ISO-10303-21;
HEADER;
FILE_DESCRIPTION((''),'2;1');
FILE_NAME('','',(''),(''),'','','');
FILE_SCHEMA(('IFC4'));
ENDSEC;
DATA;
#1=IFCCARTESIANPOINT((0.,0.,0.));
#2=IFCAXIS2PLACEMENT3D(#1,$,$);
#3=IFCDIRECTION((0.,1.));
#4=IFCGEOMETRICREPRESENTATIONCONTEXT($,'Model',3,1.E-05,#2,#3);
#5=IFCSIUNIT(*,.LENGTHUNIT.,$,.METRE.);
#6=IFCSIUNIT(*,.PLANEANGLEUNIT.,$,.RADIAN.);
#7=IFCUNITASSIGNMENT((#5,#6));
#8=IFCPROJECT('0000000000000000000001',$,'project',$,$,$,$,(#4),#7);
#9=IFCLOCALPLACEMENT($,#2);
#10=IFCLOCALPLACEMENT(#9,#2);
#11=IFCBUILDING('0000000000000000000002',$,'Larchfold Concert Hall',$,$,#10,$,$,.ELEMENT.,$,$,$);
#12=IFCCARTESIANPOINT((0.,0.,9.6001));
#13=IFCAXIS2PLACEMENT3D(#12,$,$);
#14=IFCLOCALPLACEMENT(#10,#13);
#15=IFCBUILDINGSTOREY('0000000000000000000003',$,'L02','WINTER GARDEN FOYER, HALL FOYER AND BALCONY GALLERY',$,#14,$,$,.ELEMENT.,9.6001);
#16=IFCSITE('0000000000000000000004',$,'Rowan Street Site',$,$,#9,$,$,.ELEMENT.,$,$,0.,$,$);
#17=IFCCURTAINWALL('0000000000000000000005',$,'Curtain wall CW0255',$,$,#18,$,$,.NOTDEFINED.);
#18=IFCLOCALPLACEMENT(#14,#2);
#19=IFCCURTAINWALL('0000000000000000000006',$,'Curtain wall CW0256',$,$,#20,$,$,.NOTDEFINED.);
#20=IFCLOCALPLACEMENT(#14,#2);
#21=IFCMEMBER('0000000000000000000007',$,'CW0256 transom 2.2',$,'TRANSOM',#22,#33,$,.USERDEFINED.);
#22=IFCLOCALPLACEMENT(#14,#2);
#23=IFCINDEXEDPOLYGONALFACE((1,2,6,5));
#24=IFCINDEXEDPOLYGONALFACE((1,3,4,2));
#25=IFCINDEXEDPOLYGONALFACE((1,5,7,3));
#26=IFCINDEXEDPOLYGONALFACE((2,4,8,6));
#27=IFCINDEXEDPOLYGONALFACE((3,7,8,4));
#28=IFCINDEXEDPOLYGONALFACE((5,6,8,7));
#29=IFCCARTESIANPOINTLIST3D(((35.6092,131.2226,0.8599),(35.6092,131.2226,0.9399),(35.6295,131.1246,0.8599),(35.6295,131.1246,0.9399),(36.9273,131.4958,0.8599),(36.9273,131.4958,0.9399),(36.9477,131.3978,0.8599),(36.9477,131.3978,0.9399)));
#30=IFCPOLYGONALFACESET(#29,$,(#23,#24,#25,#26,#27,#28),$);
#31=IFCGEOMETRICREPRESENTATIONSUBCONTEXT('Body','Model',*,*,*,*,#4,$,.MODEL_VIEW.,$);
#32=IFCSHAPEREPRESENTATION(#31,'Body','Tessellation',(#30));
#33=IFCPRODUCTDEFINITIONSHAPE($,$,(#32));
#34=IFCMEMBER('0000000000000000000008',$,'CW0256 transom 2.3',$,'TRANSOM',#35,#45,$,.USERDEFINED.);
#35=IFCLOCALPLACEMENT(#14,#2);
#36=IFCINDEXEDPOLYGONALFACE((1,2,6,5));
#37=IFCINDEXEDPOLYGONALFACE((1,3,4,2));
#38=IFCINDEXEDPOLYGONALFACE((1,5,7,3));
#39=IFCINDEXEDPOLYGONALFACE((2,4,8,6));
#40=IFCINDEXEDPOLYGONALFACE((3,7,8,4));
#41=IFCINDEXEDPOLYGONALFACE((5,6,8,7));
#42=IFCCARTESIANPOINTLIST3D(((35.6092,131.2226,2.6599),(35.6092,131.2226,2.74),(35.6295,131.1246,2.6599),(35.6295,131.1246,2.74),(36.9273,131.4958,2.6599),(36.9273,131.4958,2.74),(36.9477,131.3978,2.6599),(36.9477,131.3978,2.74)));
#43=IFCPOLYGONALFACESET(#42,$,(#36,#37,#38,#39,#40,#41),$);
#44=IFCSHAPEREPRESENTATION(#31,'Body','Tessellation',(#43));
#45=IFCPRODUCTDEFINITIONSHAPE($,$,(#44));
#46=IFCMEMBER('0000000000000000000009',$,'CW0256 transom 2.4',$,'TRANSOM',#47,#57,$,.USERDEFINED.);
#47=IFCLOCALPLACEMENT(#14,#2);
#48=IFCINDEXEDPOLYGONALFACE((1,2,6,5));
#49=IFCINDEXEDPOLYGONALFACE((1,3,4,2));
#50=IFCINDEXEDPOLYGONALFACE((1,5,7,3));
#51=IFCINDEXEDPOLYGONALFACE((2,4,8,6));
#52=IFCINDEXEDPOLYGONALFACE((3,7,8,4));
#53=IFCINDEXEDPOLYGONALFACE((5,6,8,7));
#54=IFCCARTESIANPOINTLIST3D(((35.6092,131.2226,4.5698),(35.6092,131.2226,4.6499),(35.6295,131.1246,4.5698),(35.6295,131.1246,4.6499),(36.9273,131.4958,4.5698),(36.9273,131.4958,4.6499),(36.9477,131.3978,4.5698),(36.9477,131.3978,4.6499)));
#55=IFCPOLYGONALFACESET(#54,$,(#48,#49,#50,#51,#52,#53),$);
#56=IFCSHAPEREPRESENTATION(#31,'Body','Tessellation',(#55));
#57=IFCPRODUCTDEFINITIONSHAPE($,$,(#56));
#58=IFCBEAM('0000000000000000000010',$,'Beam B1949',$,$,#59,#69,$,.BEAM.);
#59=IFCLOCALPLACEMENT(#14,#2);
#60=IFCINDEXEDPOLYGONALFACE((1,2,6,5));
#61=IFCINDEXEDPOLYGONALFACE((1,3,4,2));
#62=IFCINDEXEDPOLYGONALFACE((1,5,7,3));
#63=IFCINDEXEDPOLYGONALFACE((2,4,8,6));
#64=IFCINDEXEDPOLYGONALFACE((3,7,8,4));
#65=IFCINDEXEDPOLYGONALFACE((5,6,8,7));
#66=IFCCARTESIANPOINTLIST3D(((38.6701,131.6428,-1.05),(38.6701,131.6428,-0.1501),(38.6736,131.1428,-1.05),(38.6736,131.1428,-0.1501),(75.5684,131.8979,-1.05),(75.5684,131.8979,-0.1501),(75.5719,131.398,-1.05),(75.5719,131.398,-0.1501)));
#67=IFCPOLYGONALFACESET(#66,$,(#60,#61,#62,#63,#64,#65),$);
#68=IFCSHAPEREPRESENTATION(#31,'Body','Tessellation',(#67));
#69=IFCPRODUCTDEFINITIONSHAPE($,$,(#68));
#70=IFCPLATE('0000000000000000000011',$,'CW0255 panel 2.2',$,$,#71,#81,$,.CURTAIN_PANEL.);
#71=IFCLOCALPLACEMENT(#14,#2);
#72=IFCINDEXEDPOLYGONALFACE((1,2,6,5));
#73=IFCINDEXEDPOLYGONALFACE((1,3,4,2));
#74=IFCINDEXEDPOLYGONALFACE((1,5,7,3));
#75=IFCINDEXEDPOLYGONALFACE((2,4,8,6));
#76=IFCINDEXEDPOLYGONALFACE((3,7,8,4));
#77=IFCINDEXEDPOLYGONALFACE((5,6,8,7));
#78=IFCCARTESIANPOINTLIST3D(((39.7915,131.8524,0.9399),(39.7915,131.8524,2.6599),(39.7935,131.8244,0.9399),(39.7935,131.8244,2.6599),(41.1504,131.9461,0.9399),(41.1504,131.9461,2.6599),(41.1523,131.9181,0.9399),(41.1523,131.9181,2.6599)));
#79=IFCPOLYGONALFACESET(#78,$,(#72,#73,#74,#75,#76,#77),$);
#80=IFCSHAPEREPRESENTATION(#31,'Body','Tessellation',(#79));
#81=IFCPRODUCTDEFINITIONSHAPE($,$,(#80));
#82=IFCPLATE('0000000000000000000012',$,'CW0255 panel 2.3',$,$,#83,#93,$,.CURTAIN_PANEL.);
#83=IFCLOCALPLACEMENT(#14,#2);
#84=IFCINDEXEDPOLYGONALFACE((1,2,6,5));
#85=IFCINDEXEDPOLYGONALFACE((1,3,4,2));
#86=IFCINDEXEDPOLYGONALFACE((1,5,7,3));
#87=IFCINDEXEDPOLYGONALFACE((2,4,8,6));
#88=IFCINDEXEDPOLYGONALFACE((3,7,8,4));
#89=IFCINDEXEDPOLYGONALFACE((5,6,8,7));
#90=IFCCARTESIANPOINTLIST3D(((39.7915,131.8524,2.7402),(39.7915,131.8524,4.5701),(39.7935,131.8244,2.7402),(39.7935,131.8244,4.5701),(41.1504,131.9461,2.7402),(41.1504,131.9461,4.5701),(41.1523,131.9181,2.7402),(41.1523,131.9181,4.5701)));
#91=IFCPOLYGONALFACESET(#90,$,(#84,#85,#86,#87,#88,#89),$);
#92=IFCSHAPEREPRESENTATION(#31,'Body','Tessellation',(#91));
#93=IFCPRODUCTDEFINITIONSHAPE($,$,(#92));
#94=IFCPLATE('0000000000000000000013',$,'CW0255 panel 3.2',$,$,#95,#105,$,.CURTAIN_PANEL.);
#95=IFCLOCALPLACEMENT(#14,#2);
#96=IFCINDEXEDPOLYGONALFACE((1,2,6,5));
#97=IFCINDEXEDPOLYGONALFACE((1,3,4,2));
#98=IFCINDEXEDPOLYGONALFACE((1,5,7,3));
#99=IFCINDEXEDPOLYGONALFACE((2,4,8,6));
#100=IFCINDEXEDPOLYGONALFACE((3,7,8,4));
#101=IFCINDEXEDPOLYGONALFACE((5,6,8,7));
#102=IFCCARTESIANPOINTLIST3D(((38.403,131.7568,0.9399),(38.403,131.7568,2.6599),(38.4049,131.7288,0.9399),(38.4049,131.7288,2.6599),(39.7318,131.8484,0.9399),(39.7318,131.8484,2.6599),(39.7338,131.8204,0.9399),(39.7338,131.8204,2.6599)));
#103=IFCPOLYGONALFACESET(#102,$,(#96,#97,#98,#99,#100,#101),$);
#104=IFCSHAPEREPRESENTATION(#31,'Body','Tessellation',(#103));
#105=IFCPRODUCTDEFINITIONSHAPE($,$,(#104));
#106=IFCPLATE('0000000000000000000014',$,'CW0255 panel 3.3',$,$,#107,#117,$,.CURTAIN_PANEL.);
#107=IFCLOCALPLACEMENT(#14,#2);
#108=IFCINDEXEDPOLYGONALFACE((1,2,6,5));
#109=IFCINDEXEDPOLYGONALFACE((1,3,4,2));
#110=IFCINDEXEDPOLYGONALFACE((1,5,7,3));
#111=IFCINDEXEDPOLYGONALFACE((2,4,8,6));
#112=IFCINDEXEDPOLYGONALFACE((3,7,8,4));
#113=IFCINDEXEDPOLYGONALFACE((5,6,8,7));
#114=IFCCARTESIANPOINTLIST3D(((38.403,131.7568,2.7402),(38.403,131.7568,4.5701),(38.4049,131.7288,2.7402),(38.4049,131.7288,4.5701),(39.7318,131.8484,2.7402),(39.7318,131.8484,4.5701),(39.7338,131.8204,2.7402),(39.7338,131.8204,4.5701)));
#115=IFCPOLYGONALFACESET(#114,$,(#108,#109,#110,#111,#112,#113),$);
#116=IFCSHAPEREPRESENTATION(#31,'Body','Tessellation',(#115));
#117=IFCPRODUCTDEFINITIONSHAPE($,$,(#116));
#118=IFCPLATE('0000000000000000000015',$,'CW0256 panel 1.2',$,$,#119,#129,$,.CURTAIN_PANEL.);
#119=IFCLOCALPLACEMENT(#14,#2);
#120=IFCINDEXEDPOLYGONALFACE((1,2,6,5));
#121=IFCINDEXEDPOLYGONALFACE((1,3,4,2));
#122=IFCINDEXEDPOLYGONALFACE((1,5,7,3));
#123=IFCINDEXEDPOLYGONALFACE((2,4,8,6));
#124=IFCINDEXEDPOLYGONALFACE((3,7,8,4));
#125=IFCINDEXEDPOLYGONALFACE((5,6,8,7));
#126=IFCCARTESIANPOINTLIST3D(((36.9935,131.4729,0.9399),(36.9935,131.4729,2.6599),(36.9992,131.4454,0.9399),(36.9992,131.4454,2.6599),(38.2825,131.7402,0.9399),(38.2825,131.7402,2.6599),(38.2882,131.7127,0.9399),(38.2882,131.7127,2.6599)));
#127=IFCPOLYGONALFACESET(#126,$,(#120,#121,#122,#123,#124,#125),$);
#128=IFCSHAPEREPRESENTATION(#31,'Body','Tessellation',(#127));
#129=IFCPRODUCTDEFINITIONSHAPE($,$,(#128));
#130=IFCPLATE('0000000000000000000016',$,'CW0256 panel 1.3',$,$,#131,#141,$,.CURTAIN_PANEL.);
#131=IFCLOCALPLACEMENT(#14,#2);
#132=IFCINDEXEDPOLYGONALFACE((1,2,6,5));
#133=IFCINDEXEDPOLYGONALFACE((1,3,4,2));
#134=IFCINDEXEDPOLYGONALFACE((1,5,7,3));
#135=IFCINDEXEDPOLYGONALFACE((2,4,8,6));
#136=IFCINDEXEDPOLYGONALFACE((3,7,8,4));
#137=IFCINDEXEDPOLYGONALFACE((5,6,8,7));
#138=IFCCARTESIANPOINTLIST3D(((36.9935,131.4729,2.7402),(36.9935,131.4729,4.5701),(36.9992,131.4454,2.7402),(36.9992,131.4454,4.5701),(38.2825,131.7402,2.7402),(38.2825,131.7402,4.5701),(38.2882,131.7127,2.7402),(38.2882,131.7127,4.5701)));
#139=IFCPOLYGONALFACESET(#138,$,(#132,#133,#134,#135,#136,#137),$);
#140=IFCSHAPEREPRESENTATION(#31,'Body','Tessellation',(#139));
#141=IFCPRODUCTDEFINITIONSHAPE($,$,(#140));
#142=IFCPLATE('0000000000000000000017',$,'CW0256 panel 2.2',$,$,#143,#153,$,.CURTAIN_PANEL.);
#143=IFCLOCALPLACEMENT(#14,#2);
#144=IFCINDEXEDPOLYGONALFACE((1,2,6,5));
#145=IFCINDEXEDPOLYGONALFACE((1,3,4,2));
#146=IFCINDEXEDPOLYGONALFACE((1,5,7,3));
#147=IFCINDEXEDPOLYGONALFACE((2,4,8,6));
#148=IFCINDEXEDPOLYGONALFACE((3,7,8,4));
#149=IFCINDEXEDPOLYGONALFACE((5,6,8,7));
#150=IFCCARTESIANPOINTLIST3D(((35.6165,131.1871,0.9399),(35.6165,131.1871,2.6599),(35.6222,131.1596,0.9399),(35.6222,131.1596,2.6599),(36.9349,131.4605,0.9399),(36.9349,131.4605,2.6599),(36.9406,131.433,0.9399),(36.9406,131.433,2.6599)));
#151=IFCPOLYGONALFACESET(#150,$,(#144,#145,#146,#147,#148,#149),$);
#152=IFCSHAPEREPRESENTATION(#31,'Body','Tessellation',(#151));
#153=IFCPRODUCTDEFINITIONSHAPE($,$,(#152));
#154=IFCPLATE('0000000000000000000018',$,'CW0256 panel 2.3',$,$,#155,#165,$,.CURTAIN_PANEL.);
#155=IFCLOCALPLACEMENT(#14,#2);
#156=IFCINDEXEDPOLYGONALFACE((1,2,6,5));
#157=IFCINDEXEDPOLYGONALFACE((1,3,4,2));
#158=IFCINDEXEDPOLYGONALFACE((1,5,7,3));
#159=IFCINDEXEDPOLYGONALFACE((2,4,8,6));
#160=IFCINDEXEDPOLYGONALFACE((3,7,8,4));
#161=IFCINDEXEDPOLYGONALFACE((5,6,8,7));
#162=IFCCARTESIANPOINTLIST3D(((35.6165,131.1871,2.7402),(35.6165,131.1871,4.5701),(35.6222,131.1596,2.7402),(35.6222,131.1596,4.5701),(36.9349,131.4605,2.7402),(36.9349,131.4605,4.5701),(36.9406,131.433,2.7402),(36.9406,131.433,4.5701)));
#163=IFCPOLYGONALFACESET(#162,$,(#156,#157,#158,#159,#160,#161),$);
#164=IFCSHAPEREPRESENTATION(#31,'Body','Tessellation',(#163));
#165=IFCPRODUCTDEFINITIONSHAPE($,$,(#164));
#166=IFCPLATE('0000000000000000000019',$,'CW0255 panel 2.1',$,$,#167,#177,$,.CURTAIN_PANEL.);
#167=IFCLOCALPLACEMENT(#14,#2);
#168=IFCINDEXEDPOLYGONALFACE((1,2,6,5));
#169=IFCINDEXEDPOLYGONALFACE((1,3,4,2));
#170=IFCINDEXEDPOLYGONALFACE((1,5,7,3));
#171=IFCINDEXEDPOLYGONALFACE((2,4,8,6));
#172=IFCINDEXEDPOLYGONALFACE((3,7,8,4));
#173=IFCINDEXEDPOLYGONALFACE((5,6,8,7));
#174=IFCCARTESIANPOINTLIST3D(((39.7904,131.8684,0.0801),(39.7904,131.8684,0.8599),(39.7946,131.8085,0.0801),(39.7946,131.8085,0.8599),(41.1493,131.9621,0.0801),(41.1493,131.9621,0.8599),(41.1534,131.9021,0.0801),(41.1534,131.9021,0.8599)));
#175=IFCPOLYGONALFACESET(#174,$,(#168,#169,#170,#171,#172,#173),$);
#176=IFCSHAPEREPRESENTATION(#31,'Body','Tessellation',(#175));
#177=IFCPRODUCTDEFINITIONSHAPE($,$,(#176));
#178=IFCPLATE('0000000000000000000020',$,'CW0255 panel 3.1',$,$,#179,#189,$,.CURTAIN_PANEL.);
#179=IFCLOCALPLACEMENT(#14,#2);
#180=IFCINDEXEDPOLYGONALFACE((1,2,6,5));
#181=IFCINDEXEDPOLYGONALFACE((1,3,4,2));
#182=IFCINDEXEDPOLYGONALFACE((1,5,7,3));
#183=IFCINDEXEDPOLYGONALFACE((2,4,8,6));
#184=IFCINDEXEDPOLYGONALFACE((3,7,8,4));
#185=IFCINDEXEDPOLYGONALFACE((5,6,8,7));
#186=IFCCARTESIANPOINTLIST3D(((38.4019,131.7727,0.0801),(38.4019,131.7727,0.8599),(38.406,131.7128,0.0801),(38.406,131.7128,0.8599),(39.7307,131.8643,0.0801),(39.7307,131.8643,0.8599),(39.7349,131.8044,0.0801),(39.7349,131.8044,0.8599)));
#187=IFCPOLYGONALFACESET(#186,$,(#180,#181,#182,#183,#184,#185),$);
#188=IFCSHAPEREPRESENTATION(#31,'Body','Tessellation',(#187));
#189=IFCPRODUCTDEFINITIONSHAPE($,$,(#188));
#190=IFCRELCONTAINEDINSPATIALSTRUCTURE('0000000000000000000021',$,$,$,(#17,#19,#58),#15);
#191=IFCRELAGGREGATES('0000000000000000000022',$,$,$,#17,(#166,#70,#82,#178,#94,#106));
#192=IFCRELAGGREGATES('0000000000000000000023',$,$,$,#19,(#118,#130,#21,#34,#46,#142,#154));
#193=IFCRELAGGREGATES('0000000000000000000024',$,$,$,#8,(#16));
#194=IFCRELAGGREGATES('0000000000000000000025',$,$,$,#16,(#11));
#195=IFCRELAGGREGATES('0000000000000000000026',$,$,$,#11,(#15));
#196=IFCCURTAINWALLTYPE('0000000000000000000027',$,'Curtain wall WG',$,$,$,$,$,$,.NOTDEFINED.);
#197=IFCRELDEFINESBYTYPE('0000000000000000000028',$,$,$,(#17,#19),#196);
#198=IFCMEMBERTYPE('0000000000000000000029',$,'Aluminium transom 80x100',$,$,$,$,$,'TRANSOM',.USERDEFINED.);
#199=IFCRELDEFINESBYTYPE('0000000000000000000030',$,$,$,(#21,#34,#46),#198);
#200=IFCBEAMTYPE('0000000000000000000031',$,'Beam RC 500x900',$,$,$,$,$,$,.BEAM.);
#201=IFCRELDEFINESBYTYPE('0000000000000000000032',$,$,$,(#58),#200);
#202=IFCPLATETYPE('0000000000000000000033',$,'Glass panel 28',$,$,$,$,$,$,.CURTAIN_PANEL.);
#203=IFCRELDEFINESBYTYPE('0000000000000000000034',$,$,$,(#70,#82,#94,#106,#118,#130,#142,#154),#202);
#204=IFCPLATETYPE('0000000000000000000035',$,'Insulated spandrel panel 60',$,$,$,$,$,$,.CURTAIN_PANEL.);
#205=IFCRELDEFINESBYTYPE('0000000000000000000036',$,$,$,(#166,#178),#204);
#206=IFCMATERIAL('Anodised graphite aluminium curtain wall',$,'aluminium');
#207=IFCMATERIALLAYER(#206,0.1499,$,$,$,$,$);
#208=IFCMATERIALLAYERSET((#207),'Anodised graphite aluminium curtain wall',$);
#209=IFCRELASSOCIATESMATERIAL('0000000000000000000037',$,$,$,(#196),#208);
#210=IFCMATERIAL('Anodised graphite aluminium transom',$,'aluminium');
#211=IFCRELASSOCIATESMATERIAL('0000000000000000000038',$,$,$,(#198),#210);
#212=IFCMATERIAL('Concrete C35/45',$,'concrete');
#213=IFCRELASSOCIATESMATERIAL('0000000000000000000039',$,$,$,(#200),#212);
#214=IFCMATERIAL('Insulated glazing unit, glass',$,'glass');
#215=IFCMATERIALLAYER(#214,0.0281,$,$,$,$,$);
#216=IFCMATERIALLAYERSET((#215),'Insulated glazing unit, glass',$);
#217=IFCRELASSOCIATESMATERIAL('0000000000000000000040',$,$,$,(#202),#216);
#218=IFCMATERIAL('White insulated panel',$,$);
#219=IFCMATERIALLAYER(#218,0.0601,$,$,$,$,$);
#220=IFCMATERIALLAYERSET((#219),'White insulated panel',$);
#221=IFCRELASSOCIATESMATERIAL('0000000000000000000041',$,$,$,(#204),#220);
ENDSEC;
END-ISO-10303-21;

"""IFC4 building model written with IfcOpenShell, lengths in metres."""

from ifc_helpers import new_model, si_unit, direction, frame, origin, origin_2d, place, context, subcontext, project, spatial, rectangle, extrude, material, layer, layer_set, material_profile, profile_set, type_object, element, aggregate, save


model = new_model("IFC4")

# Units and contexts
model_context = context("Model", 3, precision=1e-05, world=origin(), true_north=direction((0.0, 1.0)))
body_context = subcontext(model_context, "Body", "Model", "MODEL_VIEW")
ifc_project = project(units=[si_unit("LENGTHUNIT", "METRE"), si_unit("PLANEANGLEUNIT", "RADIAN")], contexts=[model_context])

# Site, building, storey
site_placement = place(None, origin())
site = spatial("IfcSite", under=ifc_project, at=site_placement, Name="Rowan Street Site", CompositionType="ELEMENT", RefElevation=0.0)
building_placement = place(site_placement, origin())
building = spatial("IfcBuilding", under=site, at=building_placement, Name="Larchfold Concert Hall", CompositionType="ELEMENT")
storey_placement = place(building_placement, frame((0.0, 0.0, 9.6001)))
storey = spatial("IfcBuildingStorey", under=building, at=storey_placement, Name="L02", Description="WINTER GARDEN FOYER, HALL FOYER AND BALCONY GALLERY", CompositionType="ELEMENT", Elevation=9.6001)

# Curtain walls
ifc_material_1 = material(Name="Anodised graphite aluminium curtain wall", Category="aluminium")
ifc_layer_1 = layer(ifc_material_1, 0.1499)
ifc_layer_set_1 = layer_set([ifc_layer_1], Name="Anodised graphite aluminium curtain wall")
curtain_wall_type = type_object("IfcCurtainWallType", Name="Curtain wall WG", PredefinedType="NOTDEFINED", material=ifc_layer_set_1)
curtain_wall_1_placement = place(storey_placement, origin())
curtain_wall_1 = element("IfcCurtainWall", 1, at=curtain_wall_1_placement, inside=storey, type_object=curtain_wall_type, Name="Curtain wall CW0255", PredefinedType="NOTDEFINED")
curtain_wall_2_placement = place(storey_placement, origin())
curtain_wall_2 = element("IfcCurtainWall", 2, at=curtain_wall_2_placement, inside=storey, type_object=curtain_wall_type, Name="Curtain wall CW0256", PredefinedType="NOTDEFINED")

# Members
ifc_material_2 = material(Name="Anodised graphite aluminium transom", Category="aluminium")
ifc_material_profile_1 = material_profile(ifc_material_2, rectangle(XDim=0.1001, YDim=0.0801, at=origin_2d()))
ifc_profile_set_1 = profile_set([ifc_material_profile_1], Name="Anodised graphite aluminium transom")
member_type_1 = type_object("IfcMemberType", Name="Aluminium transom 80x100", ElementType="TRANSOM", PredefinedType="USERDEFINED", material=ifc_profile_set_1)
member_1_placement = place(storey_placement, frame((36.9375, 131.4468, 0.8999), z_axis=(-0.97919, -0.202947, 0.0), x_axis=(0.202947, -0.97919, 0.0)))
member_1 = element("IfcMember", 3, at=member_1_placement, type_object=member_type_1, Name="CW0256 transom 2.2", ObjectType="TRANSOM", PredefinedType="USERDEFINED", context=body_context, shape_type="SweptSolid", body=[
    extrude(rectangle(XDim=0.1001, YDim=0.0801, at=origin_2d()), origin(), (0.0, 0.0, 1.0), 1.3462),
])
member_2_placement = place(storey_placement, frame((36.9375, 131.4468, 2.7), z_axis=(-0.97919, -0.202947, 0.0), x_axis=(0.202947, -0.97919, 0.0)))
member_2 = element("IfcMember", 4, at=member_2_placement, type_object=member_type_1, Name="CW0256 transom 2.3", ObjectType="TRANSOM", PredefinedType="USERDEFINED", context=body_context, shape_type="SweptSolid", body=[
    extrude(rectangle(XDim=0.1001, YDim=0.0801, at=origin_2d()), origin(), (0.0, 0.0, 1.0), 1.3462),
])
member_3_placement = place(storey_placement, frame((36.9375, 131.4468, 4.6099), z_axis=(-0.97919, -0.202947, 0.0), x_axis=(0.202947, -0.97919, 0.0)))
member_3 = element("IfcMember", 5, at=member_3_placement, type_object=member_type_1, Name="CW0256 transom 2.4", ObjectType="TRANSOM", PredefinedType="USERDEFINED", context=body_context, shape_type="SweptSolid", body=[
    extrude(rectangle(XDim=0.1001, YDim=0.0801, at=origin_2d()), origin(), (0.0, 0.0, 1.0), 1.3462),
])

# Beam
ifc_material_3 = material(Name="Concrete C35/45", Category="concrete")
ifc_material_profile_2 = material_profile(ifc_material_3, rectangle(XDim=0.5, YDim=0.8999, at=origin_2d()))
ifc_profile_set_2 = profile_set([ifc_material_profile_2], Name="Concrete C35/45")
beam_type = type_object("IfcBeamType", Name="Beam RC 500x900", PredefinedType="BEAM", material=ifc_profile_set_2)
beam_placement = place(storey_placement, frame((38.6719, 131.3928, -0.6001), z_axis=(0.999976, 0.006914, 0.0), x_axis=(-0.006914, 0.999976, 0.0)))
element("IfcBeam", 6, at=beam_placement, inside=storey, type_object=beam_type, Name="Beam B1949", PredefinedType="BEAM", context=body_context, shape_type="SweptSolid", body=[
    extrude(rectangle(XDim=0.5, YDim=0.8999, at=origin_2d()), origin(), (0.0, 0.0, 1.0), 36.8992),
])

# Plates
ifc_material_4 = material(Name="Insulated glazing unit, glass", Category="glass")
ifc_layer_2 = layer(ifc_material_4, 0.0281)
ifc_layer_set_2 = layer_set([ifc_layer_2], Name="Insulated glazing unit, glass")
plate_type_1 = type_object("IfcPlateType", Name="Glass panel 28", PredefinedType="CURTAIN_PANEL", material=ifc_layer_set_2)
plate_1_placement = place(storey_placement, frame((40.4719, 131.8853, 0.9399), z_axis=(0.0, 0.0, 1.0), x_axis=(-0.997631, -0.068786, 0.0)))
plate_1 = element("IfcPlate", 7, at=plate_1_placement, type_object=plate_type_1, Name="CW0255 panel 2.2", PredefinedType="CURTAIN_PANEL", context=body_context, shape_type="SweptSolid", body=[
    extrude(rectangle(XDim=1.3621, YDim=0.0281, at=origin_2d()), origin(), (0.0, 0.0, 1.0), 1.72),
])
plate_2_placement = place(storey_placement, frame((40.4719, 131.8853, 2.7402), z_axis=(0.0, 0.0, 1.0), x_axis=(-0.997631, -0.068786, 0.0)))
plate_2 = element("IfcPlate", 8, at=plate_2_placement, type_object=plate_type_1, Name="CW0255 panel 2.3", PredefinedType="CURTAIN_PANEL", context=body_context, shape_type="SweptSolid", body=[
    extrude(rectangle(XDim=1.3621, YDim=0.0281, at=origin_2d()), origin(), (0.0, 0.0, 1.0), 1.8298),
])
plate_3_placement = place(storey_placement, frame((39.0684, 131.7886, 0.9399), z_axis=(0.0, 0.0, 1.0), x_axis=(-0.997631, -0.068786, 0.0)))
plate_3 = element("IfcPlate", 9, at=plate_3_placement, type_object=plate_type_1, Name="CW0255 panel 3.2", PredefinedType="CURTAIN_PANEL", context=body_context, shape_type="SweptSolid", body=[
    extrude(rectangle(XDim=1.332, YDim=0.0281, at=origin_2d()), origin(), (0.0, 0.0, 1.0), 1.72),
])
plate_4_placement = place(storey_placement, frame((39.0684, 131.7886, 2.7402), z_axis=(0.0, 0.0, 1.0), x_axis=(-0.997631, -0.068786, 0.0)))
plate_4 = element("IfcPlate", 10, at=plate_4_placement, type_object=plate_type_1, Name="CW0255 panel 3.3", PredefinedType="CURTAIN_PANEL", context=body_context, shape_type="SweptSolid", body=[
    extrude(rectangle(XDim=1.332, YDim=0.0281, at=origin_2d()), origin(), (0.0, 0.0, 1.0), 1.8298),
])
plate_5_placement = place(storey_placement, frame((37.6409, 131.5928, 0.9399), z_axis=(0.0, 0.0, 1.0), x_axis=(-0.979167, -0.203055, 0.0)))
plate_5 = element("IfcPlate", 11, at=plate_5_placement, type_object=plate_type_1, Name="CW0256 panel 1.2", PredefinedType="CURTAIN_PANEL", context=body_context, shape_type="SweptSolid", body=[
    extrude(rectangle(XDim=1.3164, YDim=0.0281, at=origin_2d()), origin(), (0.0, 0.0, 1.0), 1.72),
])
plate_6_placement = place(storey_placement, frame((37.6409, 131.5928, 2.7402), z_axis=(0.0, 0.0, 1.0), x_axis=(-0.979167, -0.203055, 0.0)))
plate_6 = element("IfcPlate", 12, at=plate_6_placement, type_object=plate_type_1, Name="CW0256 panel 1.3", PredefinedType="CURTAIN_PANEL", context=body_context, shape_type="SweptSolid", body=[
    extrude(rectangle(XDim=1.3164, YDim=0.0281, at=origin_2d()), origin(), (0.0, 0.0, 1.0), 1.8298),
])
plate_7_placement = place(storey_placement, frame((36.2786, 131.3101, 0.9399), z_axis=(0.0, 0.0, 1.0), x_axis=(-0.979167, -0.203055, 0.0)))
plate_7 = element("IfcPlate", 13, at=plate_7_placement, type_object=plate_type_1, Name="CW0256 panel 2.2", PredefinedType="CURTAIN_PANEL", context=body_context, shape_type="SweptSolid", body=[
    extrude(rectangle(XDim=1.3464, YDim=0.0281, at=origin_2d()), origin(), (0.0, 0.0, 1.0), 1.72),
])
plate_8_placement = place(storey_placement, frame((36.2786, 131.3101, 2.7402), z_axis=(0.0, 0.0, 1.0), x_axis=(-0.979167, -0.203055, 0.0)))
plate_8 = element("IfcPlate", 14, at=plate_8_placement, type_object=plate_type_1, Name="CW0256 panel 2.3", PredefinedType="CURTAIN_PANEL", context=body_context, shape_type="SweptSolid", body=[
    extrude(rectangle(XDim=1.3464, YDim=0.0281, at=origin_2d()), origin(), (0.0, 0.0, 1.0), 1.8298),
])
ifc_material_5 = material(Name="White insulated panel")
ifc_layer_3 = layer(ifc_material_5, 0.0601)
ifc_layer_set_3 = layer_set([ifc_layer_3], Name="White insulated panel")
plate_type_2 = type_object("IfcPlateType", Name="Insulated spandrel panel 60", PredefinedType="CURTAIN_PANEL", material=ifc_layer_set_3)
plate_9_placement = place(storey_placement, frame((40.4719, 131.8853, 0.0801), z_axis=(0.0, 0.0, 1.0), x_axis=(-0.997631, -0.068786, 0.0)))
plate_9 = element("IfcPlate", 15, at=plate_9_placement, type_object=plate_type_2, Name="CW0255 panel 2.1", PredefinedType="CURTAIN_PANEL", context=body_context, shape_type="SweptSolid", body=[
    extrude(rectangle(XDim=1.3621, YDim=0.0601, at=origin_2d()), origin(), (0.0, 0.0, 1.0), 0.7798),
])
plate_10_placement = place(storey_placement, frame((39.0684, 131.7886, 0.0801), z_axis=(0.0, 0.0, 1.0), x_axis=(-0.997631, -0.068786, 0.0)))
plate_10 = element("IfcPlate", 16, at=plate_10_placement, type_object=plate_type_2, Name="CW0255 panel 3.1", PredefinedType="CURTAIN_PANEL", context=body_context, shape_type="SweptSolid", body=[
    extrude(rectangle(XDim=1.332, YDim=0.0601, at=origin_2d()), origin(), (0.0, 0.0, 1.0), 0.7798),
])
aggregate(curtain_wall_1, [plate_9, plate_1, plate_2, plate_10, plate_3, plate_4])
aggregate(curtain_wall_2, [plate_5, plate_6, member_1, member_2, member_3, plate_7, plate_8])

save(model, "model.ifc")
